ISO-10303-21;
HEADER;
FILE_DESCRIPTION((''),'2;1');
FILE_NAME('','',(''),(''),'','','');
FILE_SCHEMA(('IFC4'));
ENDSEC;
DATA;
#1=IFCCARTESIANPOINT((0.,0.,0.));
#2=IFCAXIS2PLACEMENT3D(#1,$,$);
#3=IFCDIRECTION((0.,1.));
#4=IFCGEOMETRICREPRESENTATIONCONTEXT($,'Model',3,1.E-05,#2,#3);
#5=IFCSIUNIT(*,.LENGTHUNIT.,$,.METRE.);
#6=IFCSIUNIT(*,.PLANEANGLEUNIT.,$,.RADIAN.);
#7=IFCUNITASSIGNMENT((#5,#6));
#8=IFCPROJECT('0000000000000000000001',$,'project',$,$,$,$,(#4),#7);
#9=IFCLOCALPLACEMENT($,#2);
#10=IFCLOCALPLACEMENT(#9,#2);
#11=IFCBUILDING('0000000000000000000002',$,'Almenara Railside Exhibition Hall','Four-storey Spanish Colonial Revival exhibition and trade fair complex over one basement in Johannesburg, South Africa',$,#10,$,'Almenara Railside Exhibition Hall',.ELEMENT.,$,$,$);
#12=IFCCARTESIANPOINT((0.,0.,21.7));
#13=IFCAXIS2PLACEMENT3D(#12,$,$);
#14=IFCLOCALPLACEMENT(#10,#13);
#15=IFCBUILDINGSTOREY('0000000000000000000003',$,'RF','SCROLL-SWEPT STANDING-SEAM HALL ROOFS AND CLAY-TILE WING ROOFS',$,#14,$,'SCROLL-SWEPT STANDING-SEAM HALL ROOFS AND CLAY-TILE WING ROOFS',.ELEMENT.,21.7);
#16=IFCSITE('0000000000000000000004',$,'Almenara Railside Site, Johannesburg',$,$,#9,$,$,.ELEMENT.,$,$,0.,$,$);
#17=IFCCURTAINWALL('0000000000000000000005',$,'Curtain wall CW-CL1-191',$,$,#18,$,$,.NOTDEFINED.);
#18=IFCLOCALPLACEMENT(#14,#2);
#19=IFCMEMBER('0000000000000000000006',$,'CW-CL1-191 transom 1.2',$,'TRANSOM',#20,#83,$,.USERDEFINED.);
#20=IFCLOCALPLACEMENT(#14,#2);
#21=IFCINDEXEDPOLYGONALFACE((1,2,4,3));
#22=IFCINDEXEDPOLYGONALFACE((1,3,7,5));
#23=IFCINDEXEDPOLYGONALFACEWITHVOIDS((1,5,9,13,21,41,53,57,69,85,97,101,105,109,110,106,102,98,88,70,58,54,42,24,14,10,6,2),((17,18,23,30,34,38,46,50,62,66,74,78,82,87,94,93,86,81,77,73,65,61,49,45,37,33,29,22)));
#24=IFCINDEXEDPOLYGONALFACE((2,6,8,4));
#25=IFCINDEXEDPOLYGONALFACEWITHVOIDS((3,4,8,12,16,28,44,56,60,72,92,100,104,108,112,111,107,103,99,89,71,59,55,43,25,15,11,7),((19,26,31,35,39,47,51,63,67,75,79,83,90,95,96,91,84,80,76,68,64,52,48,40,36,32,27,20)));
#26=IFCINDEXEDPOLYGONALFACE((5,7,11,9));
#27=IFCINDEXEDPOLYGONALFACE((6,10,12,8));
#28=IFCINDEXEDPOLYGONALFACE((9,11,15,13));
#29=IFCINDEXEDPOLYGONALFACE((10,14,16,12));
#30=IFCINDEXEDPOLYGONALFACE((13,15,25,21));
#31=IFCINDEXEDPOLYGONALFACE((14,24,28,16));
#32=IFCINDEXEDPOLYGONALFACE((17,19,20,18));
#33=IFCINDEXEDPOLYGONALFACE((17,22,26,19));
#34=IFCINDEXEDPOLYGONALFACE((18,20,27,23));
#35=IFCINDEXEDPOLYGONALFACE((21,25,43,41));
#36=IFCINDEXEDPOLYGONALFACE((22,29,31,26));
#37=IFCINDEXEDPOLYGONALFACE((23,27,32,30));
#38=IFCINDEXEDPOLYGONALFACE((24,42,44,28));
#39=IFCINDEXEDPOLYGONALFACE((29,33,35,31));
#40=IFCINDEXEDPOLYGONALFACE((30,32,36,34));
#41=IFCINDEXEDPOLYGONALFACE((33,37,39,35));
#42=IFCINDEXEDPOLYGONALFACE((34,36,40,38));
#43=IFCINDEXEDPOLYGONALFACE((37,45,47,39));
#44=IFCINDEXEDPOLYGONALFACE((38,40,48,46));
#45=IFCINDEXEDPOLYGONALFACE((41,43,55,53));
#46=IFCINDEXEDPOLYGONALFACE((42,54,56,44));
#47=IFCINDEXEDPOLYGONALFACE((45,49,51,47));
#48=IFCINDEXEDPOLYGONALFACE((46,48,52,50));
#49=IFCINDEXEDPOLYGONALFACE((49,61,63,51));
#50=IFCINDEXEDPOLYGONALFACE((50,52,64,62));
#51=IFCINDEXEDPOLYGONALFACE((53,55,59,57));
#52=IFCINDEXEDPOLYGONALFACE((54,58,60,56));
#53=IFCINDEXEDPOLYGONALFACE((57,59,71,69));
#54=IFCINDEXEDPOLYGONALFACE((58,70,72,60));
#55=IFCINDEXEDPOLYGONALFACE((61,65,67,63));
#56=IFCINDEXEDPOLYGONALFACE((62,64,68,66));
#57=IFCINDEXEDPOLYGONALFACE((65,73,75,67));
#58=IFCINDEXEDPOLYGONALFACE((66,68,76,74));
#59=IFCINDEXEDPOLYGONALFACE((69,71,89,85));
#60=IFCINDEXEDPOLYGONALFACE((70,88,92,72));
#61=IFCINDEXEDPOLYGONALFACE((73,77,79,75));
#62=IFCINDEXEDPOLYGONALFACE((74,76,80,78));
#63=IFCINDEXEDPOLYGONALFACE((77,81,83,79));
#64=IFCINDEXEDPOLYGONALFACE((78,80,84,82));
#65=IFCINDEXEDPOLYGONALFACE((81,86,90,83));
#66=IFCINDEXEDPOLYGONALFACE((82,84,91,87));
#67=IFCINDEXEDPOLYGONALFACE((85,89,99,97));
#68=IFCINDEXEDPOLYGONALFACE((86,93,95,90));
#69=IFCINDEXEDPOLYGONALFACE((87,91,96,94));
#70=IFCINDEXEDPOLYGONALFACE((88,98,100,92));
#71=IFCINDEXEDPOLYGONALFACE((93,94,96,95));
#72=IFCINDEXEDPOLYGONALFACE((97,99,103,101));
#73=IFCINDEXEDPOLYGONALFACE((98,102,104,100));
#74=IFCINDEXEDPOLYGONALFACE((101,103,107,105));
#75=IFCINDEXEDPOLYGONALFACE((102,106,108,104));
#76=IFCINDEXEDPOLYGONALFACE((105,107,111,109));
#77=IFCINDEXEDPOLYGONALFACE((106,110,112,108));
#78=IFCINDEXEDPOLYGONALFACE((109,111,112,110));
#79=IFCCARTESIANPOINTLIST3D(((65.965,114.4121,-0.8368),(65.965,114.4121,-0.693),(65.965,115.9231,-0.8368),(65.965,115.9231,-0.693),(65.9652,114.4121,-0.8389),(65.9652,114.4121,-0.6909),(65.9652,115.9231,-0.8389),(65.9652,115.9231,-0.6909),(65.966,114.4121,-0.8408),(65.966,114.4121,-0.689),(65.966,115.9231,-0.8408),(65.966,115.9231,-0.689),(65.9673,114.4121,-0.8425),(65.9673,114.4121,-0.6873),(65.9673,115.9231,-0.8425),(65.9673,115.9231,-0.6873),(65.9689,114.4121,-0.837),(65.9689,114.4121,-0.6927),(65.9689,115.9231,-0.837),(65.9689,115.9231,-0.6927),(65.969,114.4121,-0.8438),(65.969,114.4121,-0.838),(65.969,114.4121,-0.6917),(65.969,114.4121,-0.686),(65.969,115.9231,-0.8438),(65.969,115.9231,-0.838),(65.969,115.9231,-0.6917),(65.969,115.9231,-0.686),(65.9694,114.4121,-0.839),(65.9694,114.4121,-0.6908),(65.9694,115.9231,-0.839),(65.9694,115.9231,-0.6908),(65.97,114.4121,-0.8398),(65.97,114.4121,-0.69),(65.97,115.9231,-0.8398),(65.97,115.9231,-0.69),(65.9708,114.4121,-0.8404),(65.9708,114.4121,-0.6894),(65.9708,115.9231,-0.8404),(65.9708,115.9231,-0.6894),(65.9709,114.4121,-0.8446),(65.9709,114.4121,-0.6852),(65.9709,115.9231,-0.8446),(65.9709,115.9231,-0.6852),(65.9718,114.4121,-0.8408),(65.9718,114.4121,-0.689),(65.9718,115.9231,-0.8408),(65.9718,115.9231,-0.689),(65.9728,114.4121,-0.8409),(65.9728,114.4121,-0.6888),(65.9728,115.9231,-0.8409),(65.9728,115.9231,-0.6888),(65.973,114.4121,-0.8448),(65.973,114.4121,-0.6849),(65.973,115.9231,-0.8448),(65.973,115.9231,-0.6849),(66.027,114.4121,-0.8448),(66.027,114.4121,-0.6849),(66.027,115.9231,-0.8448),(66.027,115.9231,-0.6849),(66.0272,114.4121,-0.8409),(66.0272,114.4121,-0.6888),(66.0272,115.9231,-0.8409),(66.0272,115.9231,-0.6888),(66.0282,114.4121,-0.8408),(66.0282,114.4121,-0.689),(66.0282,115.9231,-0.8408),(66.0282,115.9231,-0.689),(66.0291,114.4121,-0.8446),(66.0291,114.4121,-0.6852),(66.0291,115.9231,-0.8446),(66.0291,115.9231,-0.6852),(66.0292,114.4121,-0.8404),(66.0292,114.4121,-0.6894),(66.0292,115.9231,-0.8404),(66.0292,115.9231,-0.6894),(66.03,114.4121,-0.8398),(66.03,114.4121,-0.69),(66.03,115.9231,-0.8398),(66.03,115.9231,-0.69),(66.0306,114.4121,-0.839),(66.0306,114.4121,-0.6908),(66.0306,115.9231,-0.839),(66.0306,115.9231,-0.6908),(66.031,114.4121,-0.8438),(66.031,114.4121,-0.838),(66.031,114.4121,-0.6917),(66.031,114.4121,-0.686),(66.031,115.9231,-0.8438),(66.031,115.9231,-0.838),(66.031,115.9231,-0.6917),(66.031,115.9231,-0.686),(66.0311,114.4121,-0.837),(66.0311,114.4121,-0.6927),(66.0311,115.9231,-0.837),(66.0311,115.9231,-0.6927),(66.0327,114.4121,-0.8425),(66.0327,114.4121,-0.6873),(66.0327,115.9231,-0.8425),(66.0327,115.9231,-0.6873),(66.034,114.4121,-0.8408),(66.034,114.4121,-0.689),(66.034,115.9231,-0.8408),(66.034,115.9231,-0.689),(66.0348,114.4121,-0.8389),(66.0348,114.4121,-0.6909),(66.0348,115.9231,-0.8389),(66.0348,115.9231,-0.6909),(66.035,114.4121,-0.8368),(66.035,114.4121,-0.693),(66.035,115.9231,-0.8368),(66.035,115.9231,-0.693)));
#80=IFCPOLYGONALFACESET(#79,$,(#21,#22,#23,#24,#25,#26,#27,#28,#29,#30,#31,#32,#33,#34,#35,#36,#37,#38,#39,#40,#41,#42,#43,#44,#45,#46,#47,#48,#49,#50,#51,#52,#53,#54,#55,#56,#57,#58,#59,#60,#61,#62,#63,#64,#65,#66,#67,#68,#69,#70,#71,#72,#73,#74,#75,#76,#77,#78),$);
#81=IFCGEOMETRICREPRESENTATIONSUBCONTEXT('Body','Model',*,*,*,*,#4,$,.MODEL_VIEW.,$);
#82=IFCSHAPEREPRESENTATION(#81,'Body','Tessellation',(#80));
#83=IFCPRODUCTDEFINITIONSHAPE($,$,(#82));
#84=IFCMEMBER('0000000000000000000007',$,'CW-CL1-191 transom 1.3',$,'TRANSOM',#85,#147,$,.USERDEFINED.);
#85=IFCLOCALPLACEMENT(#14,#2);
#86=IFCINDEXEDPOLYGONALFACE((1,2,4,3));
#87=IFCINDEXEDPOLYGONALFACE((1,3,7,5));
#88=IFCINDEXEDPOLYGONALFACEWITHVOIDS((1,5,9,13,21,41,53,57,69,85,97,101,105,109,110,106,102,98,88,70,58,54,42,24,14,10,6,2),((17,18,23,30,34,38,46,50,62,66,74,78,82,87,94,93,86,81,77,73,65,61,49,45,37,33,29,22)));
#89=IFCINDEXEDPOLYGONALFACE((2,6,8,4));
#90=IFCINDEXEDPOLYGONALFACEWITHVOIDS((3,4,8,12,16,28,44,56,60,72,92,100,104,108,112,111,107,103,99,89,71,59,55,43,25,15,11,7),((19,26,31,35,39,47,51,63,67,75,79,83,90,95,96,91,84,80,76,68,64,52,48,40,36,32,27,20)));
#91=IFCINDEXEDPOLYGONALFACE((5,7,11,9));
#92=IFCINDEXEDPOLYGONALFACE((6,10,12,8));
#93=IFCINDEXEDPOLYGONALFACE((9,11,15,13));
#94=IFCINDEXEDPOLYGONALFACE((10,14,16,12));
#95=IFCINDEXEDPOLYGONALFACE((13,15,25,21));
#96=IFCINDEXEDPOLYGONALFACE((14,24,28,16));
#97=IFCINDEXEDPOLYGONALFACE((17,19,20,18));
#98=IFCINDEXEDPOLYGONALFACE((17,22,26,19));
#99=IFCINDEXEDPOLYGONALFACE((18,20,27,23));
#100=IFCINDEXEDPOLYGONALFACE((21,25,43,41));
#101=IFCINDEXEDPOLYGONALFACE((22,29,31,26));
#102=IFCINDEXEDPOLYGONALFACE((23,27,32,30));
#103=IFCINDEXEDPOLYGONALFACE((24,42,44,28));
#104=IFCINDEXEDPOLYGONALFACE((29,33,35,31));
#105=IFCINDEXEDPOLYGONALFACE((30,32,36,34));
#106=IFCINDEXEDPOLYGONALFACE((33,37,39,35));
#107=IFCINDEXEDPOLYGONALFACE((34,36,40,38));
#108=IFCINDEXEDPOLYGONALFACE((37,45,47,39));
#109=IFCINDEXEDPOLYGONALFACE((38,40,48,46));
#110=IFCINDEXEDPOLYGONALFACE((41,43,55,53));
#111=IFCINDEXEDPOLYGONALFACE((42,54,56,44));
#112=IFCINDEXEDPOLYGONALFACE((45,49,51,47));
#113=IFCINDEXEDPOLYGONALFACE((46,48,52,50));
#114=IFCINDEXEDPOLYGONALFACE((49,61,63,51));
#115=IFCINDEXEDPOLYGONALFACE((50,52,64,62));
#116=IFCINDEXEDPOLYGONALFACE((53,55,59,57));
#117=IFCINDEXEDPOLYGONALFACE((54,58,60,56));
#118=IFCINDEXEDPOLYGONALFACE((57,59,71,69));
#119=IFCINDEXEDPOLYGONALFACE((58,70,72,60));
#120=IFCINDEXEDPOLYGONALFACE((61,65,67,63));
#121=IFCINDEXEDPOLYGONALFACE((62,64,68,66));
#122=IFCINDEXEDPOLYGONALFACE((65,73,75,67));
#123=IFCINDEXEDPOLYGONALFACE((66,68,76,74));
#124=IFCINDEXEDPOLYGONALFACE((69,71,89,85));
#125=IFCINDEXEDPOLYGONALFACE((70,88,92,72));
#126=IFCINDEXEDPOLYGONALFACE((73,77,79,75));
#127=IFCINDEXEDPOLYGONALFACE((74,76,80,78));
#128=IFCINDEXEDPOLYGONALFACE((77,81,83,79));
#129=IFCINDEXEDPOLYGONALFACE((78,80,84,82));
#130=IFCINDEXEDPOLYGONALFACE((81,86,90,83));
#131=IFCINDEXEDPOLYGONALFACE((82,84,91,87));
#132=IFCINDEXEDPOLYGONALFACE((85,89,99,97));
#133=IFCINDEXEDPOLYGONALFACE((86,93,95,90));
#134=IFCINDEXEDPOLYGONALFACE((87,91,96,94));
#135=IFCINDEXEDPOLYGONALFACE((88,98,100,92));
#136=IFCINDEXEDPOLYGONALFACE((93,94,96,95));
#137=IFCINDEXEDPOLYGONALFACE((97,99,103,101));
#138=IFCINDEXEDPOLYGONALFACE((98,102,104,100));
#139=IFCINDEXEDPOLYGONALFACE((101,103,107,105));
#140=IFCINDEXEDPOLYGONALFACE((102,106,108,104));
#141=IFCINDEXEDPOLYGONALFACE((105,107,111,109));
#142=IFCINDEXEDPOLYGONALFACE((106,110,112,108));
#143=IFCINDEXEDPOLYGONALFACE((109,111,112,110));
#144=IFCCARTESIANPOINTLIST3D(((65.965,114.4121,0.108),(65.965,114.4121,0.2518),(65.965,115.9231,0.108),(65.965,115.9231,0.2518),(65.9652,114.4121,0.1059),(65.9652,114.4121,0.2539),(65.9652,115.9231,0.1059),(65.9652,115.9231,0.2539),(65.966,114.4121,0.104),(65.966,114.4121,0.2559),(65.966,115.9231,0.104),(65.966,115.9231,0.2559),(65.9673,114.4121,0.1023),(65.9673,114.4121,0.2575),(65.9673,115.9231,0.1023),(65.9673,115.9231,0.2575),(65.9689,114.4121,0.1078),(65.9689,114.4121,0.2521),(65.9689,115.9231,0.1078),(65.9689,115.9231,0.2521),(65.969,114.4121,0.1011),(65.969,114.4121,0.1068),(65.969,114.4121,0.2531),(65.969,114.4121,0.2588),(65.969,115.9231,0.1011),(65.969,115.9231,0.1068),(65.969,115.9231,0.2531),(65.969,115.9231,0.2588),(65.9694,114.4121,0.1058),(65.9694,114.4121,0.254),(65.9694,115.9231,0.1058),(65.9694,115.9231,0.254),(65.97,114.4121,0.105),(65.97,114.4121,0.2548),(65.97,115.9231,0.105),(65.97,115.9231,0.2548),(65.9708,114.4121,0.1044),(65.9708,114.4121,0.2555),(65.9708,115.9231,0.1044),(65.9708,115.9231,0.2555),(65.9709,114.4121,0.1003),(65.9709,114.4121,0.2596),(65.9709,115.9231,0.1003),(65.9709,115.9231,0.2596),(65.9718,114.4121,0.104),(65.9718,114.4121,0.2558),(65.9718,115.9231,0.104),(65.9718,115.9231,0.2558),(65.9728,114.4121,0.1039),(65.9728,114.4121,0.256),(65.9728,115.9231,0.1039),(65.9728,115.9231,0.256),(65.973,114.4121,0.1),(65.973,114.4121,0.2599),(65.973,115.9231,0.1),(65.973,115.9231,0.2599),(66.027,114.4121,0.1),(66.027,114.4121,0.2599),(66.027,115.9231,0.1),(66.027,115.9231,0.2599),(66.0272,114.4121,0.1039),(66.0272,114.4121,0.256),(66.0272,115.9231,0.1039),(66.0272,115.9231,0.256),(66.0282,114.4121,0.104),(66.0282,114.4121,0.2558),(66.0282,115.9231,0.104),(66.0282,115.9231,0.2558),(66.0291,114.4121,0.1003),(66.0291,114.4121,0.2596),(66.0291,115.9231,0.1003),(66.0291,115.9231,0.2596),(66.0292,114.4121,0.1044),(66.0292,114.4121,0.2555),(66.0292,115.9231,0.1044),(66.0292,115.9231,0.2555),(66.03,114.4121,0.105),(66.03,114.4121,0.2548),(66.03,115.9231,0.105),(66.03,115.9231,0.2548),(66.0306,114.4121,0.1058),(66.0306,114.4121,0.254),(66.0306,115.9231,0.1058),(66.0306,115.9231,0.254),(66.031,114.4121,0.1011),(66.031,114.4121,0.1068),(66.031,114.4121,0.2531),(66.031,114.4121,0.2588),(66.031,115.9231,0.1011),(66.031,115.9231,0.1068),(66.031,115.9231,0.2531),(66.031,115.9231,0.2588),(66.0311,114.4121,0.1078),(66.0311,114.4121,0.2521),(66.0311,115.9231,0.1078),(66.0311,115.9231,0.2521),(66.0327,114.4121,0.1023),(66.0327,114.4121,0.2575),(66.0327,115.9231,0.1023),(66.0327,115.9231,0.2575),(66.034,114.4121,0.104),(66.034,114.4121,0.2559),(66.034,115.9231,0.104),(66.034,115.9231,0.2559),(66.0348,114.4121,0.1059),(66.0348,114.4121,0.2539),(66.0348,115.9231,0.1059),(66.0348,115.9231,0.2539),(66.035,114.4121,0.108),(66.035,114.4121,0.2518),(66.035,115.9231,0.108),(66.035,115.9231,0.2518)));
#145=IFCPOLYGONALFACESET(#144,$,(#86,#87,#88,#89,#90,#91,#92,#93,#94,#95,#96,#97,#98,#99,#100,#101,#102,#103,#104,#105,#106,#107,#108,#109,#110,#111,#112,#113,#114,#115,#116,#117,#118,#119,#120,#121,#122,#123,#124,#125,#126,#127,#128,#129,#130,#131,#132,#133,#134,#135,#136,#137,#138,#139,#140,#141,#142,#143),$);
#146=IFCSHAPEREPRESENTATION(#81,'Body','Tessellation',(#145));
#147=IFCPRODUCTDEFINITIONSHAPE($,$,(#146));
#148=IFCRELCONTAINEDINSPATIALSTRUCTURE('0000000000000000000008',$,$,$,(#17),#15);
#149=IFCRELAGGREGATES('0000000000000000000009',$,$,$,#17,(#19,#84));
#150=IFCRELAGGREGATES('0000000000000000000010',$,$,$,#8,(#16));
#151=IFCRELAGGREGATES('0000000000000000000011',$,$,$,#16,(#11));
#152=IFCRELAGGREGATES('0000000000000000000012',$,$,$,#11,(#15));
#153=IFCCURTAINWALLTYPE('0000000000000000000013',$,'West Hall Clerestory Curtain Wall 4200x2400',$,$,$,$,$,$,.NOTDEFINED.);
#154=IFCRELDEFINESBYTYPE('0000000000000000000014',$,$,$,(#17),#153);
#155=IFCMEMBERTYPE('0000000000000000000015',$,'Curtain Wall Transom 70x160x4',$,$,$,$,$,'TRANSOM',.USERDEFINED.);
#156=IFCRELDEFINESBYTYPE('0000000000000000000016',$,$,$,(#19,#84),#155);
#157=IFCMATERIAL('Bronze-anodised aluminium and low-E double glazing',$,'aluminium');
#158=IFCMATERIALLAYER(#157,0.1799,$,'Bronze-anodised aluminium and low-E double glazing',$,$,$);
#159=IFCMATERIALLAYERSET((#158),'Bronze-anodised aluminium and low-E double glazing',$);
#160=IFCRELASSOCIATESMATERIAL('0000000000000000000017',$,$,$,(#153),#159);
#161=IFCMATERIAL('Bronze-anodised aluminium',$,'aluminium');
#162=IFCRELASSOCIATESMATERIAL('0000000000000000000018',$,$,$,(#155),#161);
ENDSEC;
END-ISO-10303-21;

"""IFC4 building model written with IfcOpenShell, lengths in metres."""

from ifc_helpers import new_model, si_unit, direction, frame, origin, origin_2d, place, context, subcontext, project, spatial, hollow_rectangle, extrude, material, layer, layer_set, material_profile, profile_set, type_object, element, aggregate, save


model = new_model("IFC4")

# Units and contexts
model_context = context("Model", 3, precision=1e-05, world=origin(), true_north=direction((0.0, 1.0)))
body_context = subcontext(model_context, "Body", "Model", "MODEL_VIEW")
ifc_project = project(units=[si_unit("LENGTHUNIT", "METRE"), si_unit("PLANEANGLEUNIT", "RADIAN")], contexts=[model_context])

# Site, building, storey
site_placement = place(None, origin())
site = spatial("IfcSite", under=ifc_project, at=site_placement, Name="Almenara Railside Site, Johannesburg", CompositionType="ELEMENT", RefElevation=0.0)
building_placement = place(site_placement, origin())
building = spatial("IfcBuilding", under=site, at=building_placement, Name="Almenara Railside Exhibition Hall", Description="Four-storey Spanish Colonial Revival exhibition and trade fair complex over one basement in Johannesburg, South Africa", LongName="Almenara Railside Exhibition Hall", CompositionType="ELEMENT")
storey_placement = place(building_placement, frame((0.0, 0.0, 21.7)))
storey = spatial("IfcBuildingStorey", under=building, at=storey_placement, Name="RF", Description="SCROLL-SWEPT STANDING-SEAM HALL ROOFS AND CLAY-TILE WING ROOFS", LongName="SCROLL-SWEPT STANDING-SEAM HALL ROOFS AND CLAY-TILE WING ROOFS", CompositionType="ELEMENT", Elevation=21.7)

# Curtain wall
ifc_material_1 = material(Name="Bronze-anodised aluminium and low-E double glazing", Category="aluminium")
ifc_layer_1 = layer(ifc_material_1, 0.1799, Name="Bronze-anodised aluminium and low-E double glazing")
ifc_layer_set_1 = layer_set([ifc_layer_1], Name="Bronze-anodised aluminium and low-E double glazing")
curtain_wall_type = type_object("IfcCurtainWallType", Name="West Hall Clerestory Curtain Wall 4200x2400", PredefinedType="NOTDEFINED", material=ifc_layer_set_1)
ifc_material_2 = material(Name="Bronze-anodised aluminium", Category="aluminium")
curtain_wall_1_placement = place(storey_placement, origin())
curtain_wall_1 = element("IfcCurtainWall", 1, at=curtain_wall_1_placement, inside=storey, type_object=curtain_wall_type, Name="Curtain wall CW-CL1-191", PredefinedType="NOTDEFINED")

# Members
ifc_material_profile_1 = material_profile(ifc_material_2, hollow_rectangle(XDim=0.0701, YDim=0.1599, WallThickness=0.0039, InnerFilletRadius=0.0039, OuterFilletRadius=0.0081, at=origin_2d()), Name="ALU-TRN 70x160x4")
ifc_profile_set_1 = profile_set([ifc_material_profile_1], Name="Bronze-anodised aluminium")
member_type_1 = type_object("IfcMemberType", Name="Curtain Wall Transom 70x160x4", ElementType="TRANSOM", PredefinedType="USERDEFINED", material=ifc_profile_set_1)
member_1_placement = place(storey_placement, frame((66.0, 114.4121, -0.7649), z_axis=(0.0, 1.0, 0.0), x_axis=(-1.0, 0.0, 0.0)))
member_1 = element("IfcMember", 2, at=member_1_placement, type_object=member_type_1, Name="CW-CL1-191 transom 1.2", ObjectType="TRANSOM", PredefinedType="USERDEFINED", context=body_context, shape_type="SweptSolid", body=[
    extrude(hollow_rectangle(XDim=0.0701, YDim=0.1599, WallThickness=0.0039, InnerFilletRadius=0.0039, OuterFilletRadius=0.0081, at=origin_2d()), origin(), (0.0, 0.0, 1.0), 1.511),
])
member_2_placement = place(storey_placement, frame((66.0, 114.4121, 0.1799), z_axis=(0.0, 1.0, 0.0), x_axis=(-1.0, 0.0, 0.0)))
member_2 = element("IfcMember", 3, at=member_2_placement, type_object=member_type_1, Name="CW-CL1-191 transom 1.3", ObjectType="TRANSOM", PredefinedType="USERDEFINED", context=body_context, shape_type="SweptSolid", body=[
    extrude(hollow_rectangle(XDim=0.0701, YDim=0.1599, WallThickness=0.0039, InnerFilletRadius=0.0039, OuterFilletRadius=0.0081, at=origin_2d()), origin(), (0.0, 0.0, 1.0), 1.511),
])

aggregate(curtain_wall_1, [member_1, member_2])

save(model, "model.ifc")
